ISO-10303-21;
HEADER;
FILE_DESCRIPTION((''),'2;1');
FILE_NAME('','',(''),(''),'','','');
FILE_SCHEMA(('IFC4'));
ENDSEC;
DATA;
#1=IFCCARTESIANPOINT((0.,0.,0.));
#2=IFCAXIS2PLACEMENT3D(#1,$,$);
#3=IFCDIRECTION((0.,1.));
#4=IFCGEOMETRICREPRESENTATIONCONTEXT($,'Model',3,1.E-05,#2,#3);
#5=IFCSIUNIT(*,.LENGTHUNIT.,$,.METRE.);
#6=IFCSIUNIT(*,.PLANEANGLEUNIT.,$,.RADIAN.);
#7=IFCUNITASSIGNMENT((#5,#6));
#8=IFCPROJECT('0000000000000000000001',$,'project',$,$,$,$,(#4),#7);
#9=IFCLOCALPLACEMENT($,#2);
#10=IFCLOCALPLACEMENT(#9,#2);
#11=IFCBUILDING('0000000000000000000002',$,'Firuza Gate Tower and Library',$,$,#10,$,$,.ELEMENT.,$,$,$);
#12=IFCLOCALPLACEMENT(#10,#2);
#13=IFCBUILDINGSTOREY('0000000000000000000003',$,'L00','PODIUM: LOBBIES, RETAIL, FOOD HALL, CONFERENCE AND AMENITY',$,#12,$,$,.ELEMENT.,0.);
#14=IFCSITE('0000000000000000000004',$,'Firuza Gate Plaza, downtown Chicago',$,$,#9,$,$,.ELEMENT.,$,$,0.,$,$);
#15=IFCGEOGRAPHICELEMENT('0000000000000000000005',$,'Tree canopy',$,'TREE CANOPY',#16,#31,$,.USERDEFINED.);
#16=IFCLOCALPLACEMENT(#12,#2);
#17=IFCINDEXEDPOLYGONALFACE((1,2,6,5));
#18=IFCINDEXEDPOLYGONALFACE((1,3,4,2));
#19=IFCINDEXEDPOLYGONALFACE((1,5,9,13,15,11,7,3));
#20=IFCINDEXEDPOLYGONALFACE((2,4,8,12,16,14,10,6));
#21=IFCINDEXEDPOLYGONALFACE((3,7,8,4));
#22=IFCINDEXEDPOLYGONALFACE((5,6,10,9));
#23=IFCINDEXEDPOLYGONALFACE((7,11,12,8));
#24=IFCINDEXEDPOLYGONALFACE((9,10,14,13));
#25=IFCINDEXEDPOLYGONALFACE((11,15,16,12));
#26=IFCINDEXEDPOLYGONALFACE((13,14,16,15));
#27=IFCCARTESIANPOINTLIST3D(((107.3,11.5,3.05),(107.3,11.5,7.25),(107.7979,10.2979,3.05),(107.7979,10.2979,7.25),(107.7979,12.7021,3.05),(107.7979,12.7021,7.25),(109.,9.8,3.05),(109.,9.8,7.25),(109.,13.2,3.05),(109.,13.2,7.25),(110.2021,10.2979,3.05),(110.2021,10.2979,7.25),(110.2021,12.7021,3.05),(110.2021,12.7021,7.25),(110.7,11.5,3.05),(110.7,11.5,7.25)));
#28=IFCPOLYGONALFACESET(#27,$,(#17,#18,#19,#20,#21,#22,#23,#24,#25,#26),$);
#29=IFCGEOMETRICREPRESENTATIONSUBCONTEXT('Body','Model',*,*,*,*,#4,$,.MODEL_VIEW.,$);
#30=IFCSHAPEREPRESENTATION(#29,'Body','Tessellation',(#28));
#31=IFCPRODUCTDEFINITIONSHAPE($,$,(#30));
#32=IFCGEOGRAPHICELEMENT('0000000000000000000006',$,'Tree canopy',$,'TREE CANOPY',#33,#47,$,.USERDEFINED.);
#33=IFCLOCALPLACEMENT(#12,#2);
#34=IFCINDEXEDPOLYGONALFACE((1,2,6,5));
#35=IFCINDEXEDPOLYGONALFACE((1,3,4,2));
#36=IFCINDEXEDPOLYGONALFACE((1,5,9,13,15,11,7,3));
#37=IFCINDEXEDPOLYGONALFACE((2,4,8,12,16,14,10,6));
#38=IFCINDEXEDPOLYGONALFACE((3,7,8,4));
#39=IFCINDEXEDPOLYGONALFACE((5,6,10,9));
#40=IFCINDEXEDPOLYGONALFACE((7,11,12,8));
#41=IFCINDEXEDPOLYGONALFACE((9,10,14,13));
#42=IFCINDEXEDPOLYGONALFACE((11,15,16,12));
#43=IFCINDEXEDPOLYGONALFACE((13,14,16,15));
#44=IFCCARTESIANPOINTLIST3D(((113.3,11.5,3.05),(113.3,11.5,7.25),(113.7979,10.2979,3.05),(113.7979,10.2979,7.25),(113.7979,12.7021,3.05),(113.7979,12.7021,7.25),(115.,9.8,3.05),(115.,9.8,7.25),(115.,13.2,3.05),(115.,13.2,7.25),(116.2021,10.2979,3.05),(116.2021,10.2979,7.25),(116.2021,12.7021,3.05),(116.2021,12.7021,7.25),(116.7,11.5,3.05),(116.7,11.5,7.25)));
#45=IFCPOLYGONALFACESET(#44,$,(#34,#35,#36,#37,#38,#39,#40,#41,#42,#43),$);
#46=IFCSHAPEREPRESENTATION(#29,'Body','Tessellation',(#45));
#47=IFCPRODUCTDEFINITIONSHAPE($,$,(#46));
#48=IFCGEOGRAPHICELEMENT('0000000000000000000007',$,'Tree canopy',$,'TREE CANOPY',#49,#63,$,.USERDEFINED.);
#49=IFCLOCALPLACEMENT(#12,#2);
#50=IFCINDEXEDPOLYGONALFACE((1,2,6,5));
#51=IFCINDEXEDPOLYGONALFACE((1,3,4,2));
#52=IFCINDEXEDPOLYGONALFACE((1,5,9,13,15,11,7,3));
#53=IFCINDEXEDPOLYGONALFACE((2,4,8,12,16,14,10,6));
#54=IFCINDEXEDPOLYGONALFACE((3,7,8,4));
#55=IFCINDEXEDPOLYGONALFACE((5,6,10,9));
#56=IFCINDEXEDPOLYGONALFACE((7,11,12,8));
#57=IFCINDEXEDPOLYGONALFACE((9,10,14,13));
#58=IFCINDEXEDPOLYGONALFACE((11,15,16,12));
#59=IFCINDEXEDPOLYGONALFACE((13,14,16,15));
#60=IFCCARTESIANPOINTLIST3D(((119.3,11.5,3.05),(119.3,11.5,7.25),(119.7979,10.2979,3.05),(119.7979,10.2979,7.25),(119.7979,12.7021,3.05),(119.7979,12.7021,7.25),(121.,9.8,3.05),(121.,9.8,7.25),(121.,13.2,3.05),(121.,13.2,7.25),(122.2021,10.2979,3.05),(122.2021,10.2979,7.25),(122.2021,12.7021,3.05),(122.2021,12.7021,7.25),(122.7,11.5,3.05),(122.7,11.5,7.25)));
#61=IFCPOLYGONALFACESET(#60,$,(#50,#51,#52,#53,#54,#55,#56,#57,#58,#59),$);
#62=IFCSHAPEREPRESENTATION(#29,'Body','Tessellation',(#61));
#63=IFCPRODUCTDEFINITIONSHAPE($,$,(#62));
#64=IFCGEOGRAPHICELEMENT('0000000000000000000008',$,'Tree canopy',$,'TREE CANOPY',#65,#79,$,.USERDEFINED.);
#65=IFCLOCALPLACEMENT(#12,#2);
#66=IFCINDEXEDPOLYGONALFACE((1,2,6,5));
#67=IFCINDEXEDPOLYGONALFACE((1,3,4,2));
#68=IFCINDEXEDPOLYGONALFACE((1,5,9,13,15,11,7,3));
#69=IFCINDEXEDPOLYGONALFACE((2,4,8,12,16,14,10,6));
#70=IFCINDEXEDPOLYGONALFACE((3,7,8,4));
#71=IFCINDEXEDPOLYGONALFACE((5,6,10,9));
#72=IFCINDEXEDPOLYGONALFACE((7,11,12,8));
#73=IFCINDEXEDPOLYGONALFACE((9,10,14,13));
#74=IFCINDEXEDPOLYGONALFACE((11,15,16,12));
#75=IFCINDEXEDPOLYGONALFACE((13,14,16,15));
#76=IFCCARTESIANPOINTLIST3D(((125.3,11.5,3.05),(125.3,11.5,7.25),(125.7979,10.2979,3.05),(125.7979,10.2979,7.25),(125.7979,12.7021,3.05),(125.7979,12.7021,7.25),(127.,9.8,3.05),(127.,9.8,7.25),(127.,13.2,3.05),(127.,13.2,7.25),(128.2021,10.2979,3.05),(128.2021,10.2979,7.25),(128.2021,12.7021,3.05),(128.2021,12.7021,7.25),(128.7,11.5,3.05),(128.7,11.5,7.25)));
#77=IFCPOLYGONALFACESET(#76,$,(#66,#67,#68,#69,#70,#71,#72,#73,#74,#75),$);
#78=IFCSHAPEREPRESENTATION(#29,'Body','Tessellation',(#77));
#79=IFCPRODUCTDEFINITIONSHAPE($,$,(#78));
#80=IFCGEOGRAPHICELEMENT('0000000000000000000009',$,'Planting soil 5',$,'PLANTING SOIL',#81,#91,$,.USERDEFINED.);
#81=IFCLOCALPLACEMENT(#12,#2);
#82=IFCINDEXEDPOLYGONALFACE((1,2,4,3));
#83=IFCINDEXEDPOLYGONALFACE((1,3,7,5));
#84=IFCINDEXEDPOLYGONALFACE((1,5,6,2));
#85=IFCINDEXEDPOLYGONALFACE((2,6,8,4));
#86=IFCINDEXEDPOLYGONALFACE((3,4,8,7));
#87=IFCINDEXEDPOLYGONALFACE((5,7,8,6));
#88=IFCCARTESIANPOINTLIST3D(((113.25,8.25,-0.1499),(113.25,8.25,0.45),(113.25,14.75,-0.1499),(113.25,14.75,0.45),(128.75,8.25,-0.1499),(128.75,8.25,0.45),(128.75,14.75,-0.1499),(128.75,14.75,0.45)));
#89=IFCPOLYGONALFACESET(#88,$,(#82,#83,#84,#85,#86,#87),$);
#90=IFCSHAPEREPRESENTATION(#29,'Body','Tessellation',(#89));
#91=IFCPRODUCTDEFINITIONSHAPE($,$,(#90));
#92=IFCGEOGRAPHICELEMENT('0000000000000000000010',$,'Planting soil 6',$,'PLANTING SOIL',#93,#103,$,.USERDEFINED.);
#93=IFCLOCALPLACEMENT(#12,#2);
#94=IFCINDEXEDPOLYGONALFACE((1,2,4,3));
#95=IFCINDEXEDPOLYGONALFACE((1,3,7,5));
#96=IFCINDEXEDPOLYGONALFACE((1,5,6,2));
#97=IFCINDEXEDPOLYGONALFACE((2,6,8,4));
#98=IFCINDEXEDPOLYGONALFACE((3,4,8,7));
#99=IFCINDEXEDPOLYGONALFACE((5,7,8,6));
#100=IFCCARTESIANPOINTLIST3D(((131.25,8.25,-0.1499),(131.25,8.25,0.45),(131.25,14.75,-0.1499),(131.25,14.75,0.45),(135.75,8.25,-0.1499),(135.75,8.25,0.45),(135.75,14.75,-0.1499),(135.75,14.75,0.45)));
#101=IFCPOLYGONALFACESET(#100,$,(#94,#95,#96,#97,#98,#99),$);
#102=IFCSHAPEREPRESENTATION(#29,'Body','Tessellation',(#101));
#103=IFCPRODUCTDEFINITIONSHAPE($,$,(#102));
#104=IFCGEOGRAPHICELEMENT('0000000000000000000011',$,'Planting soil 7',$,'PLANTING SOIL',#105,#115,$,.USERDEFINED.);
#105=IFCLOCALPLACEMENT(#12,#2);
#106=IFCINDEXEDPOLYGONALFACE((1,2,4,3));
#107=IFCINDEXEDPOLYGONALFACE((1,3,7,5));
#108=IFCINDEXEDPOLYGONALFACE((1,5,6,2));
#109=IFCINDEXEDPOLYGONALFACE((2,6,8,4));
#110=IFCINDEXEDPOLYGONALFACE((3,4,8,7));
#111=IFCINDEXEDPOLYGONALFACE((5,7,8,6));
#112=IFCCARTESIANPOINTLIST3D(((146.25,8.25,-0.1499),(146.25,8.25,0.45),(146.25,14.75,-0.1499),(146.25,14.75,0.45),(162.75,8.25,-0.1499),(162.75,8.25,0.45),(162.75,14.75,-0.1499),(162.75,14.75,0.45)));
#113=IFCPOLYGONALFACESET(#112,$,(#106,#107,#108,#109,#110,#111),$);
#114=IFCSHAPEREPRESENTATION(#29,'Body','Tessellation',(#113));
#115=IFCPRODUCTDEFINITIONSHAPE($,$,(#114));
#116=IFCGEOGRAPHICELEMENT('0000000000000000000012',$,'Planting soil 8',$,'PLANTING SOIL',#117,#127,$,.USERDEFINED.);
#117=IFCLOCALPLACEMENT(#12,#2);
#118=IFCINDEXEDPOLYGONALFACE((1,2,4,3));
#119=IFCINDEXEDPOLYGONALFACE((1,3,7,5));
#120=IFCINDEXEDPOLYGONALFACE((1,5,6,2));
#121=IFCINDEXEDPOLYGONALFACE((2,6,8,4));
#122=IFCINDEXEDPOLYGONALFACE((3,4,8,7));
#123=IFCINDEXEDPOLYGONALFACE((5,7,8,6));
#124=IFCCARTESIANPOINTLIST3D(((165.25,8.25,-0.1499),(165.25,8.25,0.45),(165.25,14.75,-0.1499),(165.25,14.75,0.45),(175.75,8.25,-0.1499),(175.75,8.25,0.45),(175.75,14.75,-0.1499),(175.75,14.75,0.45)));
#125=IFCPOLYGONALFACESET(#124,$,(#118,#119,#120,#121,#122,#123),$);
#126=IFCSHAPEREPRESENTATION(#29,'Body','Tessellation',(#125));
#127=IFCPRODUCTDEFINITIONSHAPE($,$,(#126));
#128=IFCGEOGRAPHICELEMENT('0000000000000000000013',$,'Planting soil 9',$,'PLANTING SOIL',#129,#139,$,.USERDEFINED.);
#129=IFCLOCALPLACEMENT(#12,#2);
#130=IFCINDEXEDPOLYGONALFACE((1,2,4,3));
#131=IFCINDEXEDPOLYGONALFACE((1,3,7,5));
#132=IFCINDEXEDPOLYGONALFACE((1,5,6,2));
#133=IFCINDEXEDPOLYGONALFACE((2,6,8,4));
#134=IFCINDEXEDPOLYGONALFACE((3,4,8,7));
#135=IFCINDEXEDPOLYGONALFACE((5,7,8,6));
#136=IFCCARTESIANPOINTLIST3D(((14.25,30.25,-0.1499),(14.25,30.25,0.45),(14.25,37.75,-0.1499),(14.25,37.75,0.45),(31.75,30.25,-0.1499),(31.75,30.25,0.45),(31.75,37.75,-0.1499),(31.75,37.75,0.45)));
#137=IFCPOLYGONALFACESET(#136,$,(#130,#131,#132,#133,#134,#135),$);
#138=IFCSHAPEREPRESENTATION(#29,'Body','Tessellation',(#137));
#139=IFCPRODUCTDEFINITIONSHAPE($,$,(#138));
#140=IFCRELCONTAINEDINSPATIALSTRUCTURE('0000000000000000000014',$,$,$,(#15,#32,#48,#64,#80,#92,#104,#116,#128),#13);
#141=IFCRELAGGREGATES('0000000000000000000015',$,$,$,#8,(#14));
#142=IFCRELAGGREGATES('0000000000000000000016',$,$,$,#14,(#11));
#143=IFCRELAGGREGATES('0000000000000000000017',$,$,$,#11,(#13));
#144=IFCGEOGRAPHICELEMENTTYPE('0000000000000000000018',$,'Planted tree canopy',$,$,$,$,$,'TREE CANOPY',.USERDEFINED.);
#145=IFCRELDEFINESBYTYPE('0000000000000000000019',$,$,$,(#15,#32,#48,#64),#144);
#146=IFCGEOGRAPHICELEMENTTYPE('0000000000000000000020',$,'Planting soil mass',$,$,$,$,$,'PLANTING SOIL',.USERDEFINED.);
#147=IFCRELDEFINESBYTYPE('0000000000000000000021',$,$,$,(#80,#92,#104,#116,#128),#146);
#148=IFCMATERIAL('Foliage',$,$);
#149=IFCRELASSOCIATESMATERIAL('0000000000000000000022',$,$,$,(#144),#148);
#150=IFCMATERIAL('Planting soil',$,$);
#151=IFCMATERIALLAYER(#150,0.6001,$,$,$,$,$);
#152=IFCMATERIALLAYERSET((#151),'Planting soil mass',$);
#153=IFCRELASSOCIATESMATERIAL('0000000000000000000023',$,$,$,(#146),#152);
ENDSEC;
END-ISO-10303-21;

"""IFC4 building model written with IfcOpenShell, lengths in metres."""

from ifc_helpers import new_model, si_unit, direction, frame, origin, place, context, subcontext, project, spatial, polyline, outline, extrude, material, layer, layer_set, type_object, element, save


model = new_model("IFC4")

# Units and contexts
model_context = context("Model", 3, precision=1e-05, world=origin(), true_north=direction((0.0, 1.0)))
body_context = subcontext(model_context, "Body", "Model", "MODEL_VIEW")
ifc_project = project(units=[si_unit("LENGTHUNIT", "METRE"), si_unit("PLANEANGLEUNIT", "RADIAN")], contexts=[model_context])

# Site, building, storey
site_placement = place(None, origin())
site = spatial("IfcSite", under=ifc_project, at=site_placement, Name="Firuza Gate Plaza, downtown Chicago", CompositionType="ELEMENT", RefElevation=0.0)
building_placement = place(site_placement, origin())
building = spatial("IfcBuilding", under=site, at=building_placement, Name="Firuza Gate Tower and Library", CompositionType="ELEMENT")
storey_placement = place(building_placement, origin())
storey = spatial("IfcBuildingStorey", under=building, at=storey_placement, Name="L00", Description="PODIUM: LOBBIES, RETAIL, FOOD HALL, CONFERENCE AND AMENITY", CompositionType="ELEMENT", Elevation=0.0)

# Geographic elements
ifc_material_1 = material(Name="Foliage")
geographic_element_type_1 = type_object("IfcGeographicElementType", Name="Planted tree canopy", ElementType="TREE CANOPY", PredefinedType="USERDEFINED", material=ifc_material_1)
placement_1 = place(storey_placement, frame((0.0, 0.0, 3.05)))
element("IfcGeographicElement", 1, at=placement_1, inside=storey, type_object=geographic_element_type_1, Name="Tree canopy", ObjectType="TREE CANOPY", PredefinedType="USERDEFINED", context=body_context, shape_type="SweptSolid", body=[
    extrude(outline(polyline([(110.7, 11.5), (110.2021, 12.7021), (109.0, 13.2), (107.7979, 12.7021), (107.3, 11.5), (107.7979, 10.2979), (109.0, 9.8), (110.2021, 10.2979), (110.7, 11.5)])), origin(), (0.0, 0.0, 1.0), 4.2),
])
element("IfcGeographicElement", 2, at=placement_1, inside=storey, type_object=geographic_element_type_1, Name="Tree canopy", ObjectType="TREE CANOPY", PredefinedType="USERDEFINED", context=body_context, shape_type="SweptSolid", body=[
    extrude(outline(polyline([(116.7, 11.5), (116.2021, 12.7021), (115.0, 13.2), (113.7979, 12.7021), (113.3, 11.5), (113.7979, 10.2979), (115.0, 9.8), (116.2021, 10.2979), (116.7, 11.5)])), origin(), (0.0, 0.0, 1.0), 4.2),
])
element("IfcGeographicElement", 3, at=placement_1, inside=storey, type_object=geographic_element_type_1, Name="Tree canopy", ObjectType="TREE CANOPY", PredefinedType="USERDEFINED", context=body_context, shape_type="SweptSolid", body=[
    extrude(outline(polyline([(122.7, 11.5), (122.2021, 12.7021), (121.0, 13.2), (119.7979, 12.7021), (119.3, 11.5), (119.7979, 10.2979), (121.0, 9.8), (122.2021, 10.2979), (122.7, 11.5)])), origin(), (0.0, 0.0, 1.0), 4.2),
])
element("IfcGeographicElement", 4, at=placement_1, inside=storey, type_object=geographic_element_type_1, Name="Tree canopy", ObjectType="TREE CANOPY", PredefinedType="USERDEFINED", context=body_context, shape_type="SweptSolid", body=[
    extrude(outline(polyline([(128.7, 11.5), (128.2021, 12.7021), (127.0, 13.2), (125.7979, 12.7021), (125.3, 11.5), (125.7979, 10.2979), (127.0, 9.8), (128.2021, 10.2979), (128.7, 11.5)])), origin(), (0.0, 0.0, 1.0), 4.2),
])
ifc_material_2 = material(Name="Planting soil")
ifc_layer_1 = layer(ifc_material_2, 0.6001)
ifc_layer_set_1 = layer_set([ifc_layer_1], Name="Planting soil mass")
geographic_element_type_2 = type_object("IfcGeographicElementType", Name="Planting soil mass", ElementType="PLANTING SOIL", PredefinedType="USERDEFINED", material=ifc_layer_set_1)
placement_2 = place(storey_placement, frame((0.0, 0.0, -0.1499)))
element("IfcGeographicElement", 5, at=placement_2, inside=storey, type_object=geographic_element_type_2, Name="Planting soil 5", ObjectType="PLANTING SOIL", PredefinedType="USERDEFINED", context=body_context, shape_type="SweptSolid", body=[
    extrude(outline(polyline([(113.25, 8.25), (128.75, 8.25), (128.75, 14.75), (113.25, 14.75), (113.25, 8.25)])), origin(), (0.0, 0.0, 1.0), 0.5999),
])
element("IfcGeographicElement", 6, at=placement_2, inside=storey, type_object=geographic_element_type_2, Name="Planting soil 6", ObjectType="PLANTING SOIL", PredefinedType="USERDEFINED", context=body_context, shape_type="SweptSolid", body=[
    extrude(outline(polyline([(131.25, 8.25), (135.75, 8.25), (135.75, 14.75), (131.25, 14.75), (131.25, 8.25)])), origin(), (0.0, 0.0, 1.0), 0.5999),
])
element("IfcGeographicElement", 7, at=placement_2, inside=storey, type_object=geographic_element_type_2, Name="Planting soil 7", ObjectType="PLANTING SOIL", PredefinedType="USERDEFINED", context=body_context, shape_type="SweptSolid", body=[
    extrude(outline(polyline([(146.25, 8.25), (162.75, 8.25), (162.75, 14.75), (146.25, 14.75), (146.25, 8.25)])), origin(), (0.0, 0.0, 1.0), 0.5999),
])
element("IfcGeographicElement", 8, at=placement_2, inside=storey, type_object=geographic_element_type_2, Name="Planting soil 8", ObjectType="PLANTING SOIL", PredefinedType="USERDEFINED", context=body_context, shape_type="SweptSolid", body=[
    extrude(outline(polyline([(165.25, 8.25), (175.75, 8.25), (175.75, 14.75), (165.25, 14.75), (165.25, 8.25)])), origin(), (0.0, 0.0, 1.0), 0.5999),
])
element("IfcGeographicElement", 9, at=placement_2, inside=storey, type_object=geographic_element_type_2, Name="Planting soil 9", ObjectType="PLANTING SOIL", PredefinedType="USERDEFINED", context=body_context, shape_type="SweptSolid", body=[
    extrude(outline(polyline([(14.25, 30.25), (31.75, 30.25), (31.75, 37.75), (14.25, 37.75), (14.25, 30.25)])), origin(), (0.0, 0.0, 1.0), 0.5999),
])

save(model, "model.ifc")
